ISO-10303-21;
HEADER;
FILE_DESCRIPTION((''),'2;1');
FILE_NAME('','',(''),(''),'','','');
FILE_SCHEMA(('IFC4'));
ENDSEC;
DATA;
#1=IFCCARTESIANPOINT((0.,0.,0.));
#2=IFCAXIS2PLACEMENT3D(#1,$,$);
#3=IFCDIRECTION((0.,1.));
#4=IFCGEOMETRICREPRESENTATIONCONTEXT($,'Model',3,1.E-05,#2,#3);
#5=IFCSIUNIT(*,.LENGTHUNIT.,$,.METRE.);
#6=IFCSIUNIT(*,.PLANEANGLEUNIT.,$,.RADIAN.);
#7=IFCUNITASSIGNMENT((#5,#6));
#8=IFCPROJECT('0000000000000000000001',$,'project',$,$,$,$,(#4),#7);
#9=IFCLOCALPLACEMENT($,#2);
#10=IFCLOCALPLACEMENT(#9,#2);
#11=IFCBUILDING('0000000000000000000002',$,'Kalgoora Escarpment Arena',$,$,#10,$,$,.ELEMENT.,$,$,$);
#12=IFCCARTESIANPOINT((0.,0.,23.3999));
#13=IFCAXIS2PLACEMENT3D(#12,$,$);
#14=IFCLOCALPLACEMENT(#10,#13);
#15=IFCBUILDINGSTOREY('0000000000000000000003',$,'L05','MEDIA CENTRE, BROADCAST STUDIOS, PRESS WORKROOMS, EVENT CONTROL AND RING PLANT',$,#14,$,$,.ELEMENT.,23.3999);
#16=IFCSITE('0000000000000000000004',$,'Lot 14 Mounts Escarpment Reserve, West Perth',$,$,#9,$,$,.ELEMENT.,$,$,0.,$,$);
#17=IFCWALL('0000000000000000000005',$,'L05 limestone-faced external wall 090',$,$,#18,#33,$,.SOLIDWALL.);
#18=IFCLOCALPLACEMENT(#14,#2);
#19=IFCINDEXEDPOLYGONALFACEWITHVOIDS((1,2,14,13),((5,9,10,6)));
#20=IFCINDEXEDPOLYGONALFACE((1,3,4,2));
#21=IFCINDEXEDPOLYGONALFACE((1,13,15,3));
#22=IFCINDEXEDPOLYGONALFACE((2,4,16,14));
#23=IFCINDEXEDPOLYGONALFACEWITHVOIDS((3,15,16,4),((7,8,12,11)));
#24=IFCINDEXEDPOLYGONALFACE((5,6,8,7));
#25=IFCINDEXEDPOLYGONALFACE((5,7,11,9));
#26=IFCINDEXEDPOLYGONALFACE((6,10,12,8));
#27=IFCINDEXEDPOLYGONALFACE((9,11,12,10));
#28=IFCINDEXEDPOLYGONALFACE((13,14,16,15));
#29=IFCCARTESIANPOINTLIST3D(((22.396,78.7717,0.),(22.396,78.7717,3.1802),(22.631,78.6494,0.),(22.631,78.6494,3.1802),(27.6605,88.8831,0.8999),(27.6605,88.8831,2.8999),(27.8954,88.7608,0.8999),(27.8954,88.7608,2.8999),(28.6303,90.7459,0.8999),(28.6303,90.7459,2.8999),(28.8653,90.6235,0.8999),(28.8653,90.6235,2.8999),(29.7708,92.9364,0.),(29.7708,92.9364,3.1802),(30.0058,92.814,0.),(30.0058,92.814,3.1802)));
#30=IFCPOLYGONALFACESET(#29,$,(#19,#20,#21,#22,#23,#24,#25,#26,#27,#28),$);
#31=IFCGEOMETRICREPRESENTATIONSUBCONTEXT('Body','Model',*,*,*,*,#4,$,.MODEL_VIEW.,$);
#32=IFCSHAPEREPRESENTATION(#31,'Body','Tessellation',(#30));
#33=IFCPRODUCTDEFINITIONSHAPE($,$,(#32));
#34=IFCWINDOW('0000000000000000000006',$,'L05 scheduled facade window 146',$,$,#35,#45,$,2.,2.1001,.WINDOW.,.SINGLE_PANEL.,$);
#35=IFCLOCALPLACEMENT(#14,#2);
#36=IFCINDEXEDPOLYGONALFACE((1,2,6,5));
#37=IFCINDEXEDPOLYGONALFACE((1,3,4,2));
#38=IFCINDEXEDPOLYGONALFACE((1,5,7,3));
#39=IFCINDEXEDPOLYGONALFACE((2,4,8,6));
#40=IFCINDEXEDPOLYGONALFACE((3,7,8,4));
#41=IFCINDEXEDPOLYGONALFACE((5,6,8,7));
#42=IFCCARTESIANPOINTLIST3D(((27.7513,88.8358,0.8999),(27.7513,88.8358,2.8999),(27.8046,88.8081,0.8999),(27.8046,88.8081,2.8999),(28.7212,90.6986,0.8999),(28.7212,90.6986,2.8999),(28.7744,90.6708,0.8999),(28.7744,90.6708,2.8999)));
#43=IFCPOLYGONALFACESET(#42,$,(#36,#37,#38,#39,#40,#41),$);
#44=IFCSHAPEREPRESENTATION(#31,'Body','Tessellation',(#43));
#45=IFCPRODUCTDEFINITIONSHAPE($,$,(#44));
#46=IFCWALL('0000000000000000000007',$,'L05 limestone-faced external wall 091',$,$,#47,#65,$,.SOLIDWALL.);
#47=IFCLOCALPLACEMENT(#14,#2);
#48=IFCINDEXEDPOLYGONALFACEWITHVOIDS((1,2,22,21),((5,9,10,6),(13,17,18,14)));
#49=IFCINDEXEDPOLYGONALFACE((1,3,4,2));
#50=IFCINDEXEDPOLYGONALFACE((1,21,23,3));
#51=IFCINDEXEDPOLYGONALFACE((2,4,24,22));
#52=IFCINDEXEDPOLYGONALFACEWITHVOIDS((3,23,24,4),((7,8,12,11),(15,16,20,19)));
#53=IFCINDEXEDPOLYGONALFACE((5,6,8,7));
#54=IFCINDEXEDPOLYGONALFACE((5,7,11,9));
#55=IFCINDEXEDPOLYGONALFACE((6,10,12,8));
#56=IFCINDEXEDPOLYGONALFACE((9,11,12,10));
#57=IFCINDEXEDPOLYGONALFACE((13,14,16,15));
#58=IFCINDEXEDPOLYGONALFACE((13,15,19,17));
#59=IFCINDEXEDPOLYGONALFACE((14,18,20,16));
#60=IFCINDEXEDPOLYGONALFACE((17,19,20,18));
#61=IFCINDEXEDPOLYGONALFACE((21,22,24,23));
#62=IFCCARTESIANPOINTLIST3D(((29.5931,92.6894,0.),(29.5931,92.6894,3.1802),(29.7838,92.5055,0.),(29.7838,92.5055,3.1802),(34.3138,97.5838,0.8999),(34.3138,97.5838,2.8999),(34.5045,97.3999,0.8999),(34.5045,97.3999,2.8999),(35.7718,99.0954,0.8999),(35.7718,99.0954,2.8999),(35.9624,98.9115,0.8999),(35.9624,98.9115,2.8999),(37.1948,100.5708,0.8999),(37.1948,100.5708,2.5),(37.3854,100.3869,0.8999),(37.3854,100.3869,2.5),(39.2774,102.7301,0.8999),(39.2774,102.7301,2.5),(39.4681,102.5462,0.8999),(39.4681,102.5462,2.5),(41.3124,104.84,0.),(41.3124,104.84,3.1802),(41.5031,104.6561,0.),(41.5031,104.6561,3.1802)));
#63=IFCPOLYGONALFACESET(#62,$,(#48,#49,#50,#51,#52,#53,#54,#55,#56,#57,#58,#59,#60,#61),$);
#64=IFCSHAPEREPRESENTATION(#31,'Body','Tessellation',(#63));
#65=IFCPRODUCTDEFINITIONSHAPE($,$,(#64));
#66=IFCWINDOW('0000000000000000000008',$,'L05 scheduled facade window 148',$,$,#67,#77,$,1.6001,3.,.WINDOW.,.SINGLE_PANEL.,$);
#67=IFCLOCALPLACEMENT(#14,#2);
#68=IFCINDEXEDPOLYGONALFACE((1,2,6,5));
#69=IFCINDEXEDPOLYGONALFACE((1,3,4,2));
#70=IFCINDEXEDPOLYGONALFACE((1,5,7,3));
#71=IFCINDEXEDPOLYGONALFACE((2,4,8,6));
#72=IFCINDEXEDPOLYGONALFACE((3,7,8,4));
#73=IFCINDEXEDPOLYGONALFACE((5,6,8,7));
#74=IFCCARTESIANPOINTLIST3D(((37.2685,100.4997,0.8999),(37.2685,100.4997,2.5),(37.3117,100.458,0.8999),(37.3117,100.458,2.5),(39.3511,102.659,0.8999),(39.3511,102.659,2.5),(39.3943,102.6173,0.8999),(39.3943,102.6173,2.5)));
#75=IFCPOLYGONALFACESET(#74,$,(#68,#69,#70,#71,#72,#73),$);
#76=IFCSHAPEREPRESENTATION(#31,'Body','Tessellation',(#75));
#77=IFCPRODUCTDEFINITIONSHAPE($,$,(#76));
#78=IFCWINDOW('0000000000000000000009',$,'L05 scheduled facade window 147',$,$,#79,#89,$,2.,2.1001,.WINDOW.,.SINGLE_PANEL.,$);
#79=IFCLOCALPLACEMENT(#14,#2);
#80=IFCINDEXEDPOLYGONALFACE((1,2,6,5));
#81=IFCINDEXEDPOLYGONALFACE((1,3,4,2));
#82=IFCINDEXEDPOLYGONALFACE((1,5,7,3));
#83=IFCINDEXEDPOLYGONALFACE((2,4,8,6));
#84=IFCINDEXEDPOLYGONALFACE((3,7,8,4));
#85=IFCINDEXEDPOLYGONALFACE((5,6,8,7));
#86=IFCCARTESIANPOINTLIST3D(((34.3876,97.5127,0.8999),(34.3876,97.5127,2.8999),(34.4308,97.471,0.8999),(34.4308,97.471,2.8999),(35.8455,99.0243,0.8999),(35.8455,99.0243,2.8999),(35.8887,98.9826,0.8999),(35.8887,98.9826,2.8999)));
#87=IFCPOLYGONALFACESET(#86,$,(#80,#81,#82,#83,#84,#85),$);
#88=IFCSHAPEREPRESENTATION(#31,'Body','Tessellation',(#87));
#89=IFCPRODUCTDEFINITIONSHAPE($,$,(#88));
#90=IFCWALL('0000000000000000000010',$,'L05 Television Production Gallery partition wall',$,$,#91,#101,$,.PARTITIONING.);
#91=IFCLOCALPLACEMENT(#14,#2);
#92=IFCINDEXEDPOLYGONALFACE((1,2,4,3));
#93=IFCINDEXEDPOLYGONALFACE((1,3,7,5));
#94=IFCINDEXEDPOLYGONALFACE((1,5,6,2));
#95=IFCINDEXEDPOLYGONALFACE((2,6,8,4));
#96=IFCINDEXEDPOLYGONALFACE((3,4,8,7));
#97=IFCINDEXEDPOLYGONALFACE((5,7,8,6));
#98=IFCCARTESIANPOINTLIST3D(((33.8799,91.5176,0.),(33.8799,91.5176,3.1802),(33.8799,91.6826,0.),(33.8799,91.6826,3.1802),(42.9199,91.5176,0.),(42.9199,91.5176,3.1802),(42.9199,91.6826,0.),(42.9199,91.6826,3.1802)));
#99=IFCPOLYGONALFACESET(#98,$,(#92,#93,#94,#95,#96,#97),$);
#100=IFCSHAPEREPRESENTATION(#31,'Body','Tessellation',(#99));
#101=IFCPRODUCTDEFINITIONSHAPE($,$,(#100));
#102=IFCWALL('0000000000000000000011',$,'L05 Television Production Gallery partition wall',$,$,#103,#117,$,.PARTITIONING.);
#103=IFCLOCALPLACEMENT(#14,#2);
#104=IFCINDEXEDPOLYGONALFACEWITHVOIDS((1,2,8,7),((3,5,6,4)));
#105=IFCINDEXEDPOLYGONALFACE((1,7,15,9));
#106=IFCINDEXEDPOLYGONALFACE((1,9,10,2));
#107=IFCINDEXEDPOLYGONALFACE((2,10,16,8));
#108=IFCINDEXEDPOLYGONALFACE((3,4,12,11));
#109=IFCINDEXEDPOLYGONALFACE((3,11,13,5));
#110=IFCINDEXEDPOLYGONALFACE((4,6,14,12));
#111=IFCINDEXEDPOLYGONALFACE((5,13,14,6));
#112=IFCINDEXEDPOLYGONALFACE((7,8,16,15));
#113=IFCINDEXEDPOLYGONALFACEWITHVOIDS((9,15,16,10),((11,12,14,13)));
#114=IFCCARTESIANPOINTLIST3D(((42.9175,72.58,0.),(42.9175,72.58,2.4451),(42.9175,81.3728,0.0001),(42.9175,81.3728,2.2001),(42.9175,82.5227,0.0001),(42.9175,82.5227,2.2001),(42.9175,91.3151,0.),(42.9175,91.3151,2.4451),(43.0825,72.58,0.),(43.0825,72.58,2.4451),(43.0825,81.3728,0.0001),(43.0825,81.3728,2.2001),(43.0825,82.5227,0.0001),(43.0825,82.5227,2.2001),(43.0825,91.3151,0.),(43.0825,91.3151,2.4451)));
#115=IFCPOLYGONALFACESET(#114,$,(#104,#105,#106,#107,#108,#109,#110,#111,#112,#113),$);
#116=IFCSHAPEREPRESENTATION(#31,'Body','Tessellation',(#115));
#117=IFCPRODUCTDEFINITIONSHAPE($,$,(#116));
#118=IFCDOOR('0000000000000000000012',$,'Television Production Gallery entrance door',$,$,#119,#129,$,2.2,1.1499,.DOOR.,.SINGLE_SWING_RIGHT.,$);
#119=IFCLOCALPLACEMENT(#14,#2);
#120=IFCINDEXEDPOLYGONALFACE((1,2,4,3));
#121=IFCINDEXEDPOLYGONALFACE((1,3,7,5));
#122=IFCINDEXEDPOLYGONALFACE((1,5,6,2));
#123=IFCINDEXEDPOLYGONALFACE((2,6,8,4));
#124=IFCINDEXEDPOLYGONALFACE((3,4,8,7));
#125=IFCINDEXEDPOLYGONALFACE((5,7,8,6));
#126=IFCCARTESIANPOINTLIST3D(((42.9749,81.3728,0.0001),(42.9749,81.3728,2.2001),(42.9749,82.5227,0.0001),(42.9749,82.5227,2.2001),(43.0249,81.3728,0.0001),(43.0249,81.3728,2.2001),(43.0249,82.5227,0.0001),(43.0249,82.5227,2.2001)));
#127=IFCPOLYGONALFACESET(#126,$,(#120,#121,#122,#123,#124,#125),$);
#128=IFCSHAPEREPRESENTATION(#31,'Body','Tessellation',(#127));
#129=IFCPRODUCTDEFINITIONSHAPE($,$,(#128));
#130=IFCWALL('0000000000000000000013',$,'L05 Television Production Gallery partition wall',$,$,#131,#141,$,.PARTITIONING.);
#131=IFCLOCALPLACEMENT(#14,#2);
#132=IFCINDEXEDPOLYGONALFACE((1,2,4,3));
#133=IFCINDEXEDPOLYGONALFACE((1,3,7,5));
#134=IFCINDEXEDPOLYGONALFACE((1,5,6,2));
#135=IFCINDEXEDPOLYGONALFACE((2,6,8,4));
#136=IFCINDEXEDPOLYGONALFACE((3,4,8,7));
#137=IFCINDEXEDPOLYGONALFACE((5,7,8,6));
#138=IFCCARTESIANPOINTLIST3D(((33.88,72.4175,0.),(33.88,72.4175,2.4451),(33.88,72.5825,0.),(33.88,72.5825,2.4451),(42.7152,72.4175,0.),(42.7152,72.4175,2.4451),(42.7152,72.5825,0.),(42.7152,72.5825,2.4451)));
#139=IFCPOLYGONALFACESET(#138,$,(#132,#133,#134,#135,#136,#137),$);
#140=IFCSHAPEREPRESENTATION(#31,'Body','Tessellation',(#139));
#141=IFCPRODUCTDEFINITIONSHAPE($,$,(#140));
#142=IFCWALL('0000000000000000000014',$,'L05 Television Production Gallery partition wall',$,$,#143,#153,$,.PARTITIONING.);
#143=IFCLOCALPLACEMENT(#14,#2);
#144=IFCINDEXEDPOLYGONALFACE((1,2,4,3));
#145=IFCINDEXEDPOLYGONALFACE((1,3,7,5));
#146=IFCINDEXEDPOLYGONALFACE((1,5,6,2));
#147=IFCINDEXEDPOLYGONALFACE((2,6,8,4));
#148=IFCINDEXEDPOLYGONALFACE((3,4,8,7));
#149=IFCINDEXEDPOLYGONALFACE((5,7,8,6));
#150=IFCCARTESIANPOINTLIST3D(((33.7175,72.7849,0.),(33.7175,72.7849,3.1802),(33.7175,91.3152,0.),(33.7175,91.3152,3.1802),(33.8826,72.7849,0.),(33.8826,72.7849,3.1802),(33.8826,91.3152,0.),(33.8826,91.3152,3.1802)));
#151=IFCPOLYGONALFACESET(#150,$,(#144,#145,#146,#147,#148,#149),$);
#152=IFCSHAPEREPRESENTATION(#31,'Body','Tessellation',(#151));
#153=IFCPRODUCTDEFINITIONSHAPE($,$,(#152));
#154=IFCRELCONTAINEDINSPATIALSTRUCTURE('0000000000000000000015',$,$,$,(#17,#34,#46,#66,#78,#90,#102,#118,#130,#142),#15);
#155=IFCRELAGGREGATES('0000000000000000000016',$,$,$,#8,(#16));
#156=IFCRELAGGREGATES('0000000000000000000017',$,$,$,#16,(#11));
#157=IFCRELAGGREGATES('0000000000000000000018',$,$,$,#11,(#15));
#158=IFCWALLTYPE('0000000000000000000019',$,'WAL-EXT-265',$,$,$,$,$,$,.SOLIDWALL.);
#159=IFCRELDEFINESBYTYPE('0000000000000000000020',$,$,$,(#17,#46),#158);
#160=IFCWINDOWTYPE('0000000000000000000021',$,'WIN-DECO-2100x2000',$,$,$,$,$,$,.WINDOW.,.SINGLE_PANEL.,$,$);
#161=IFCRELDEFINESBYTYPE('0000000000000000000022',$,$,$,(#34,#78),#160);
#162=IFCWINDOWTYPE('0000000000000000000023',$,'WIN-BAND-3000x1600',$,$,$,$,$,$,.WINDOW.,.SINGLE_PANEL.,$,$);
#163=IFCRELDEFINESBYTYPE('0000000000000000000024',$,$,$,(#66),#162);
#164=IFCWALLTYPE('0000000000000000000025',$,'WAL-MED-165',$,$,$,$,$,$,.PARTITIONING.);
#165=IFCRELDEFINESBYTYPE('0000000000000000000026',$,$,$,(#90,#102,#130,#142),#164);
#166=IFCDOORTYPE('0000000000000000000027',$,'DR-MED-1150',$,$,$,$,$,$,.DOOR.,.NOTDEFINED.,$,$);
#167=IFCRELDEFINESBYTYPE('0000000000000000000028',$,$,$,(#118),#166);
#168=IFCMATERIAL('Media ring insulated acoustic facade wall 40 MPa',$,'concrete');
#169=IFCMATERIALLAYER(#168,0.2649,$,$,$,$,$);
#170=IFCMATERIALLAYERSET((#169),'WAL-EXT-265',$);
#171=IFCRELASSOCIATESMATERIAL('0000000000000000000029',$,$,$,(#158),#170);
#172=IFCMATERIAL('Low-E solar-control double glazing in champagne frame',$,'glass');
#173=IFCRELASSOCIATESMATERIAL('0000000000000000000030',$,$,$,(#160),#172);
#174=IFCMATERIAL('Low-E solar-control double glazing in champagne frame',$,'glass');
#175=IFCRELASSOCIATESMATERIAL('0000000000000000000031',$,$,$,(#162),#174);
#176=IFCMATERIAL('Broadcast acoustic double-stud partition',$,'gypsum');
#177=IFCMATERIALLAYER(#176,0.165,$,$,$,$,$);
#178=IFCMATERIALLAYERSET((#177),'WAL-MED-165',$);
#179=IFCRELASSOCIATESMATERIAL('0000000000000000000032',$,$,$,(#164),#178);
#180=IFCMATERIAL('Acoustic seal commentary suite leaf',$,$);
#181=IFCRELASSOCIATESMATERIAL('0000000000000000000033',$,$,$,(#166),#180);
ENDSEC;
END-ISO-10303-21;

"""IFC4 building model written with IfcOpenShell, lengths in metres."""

from ifc_helpers import new_model, si_unit, direction, frame, frame_2d, origin, place, context, subcontext, project, spatial, rectangle, extrude, material, layer, layer_set, type_object, element, fill, save


model = new_model("IFC4")

# Units and contexts
model_context = context("Model", 3, precision=1e-05, world=origin(), true_north=direction((0.0, 1.0)))
body_context = subcontext(model_context, "Body", "Model", "MODEL_VIEW")
ifc_project = project(units=[si_unit("LENGTHUNIT", "METRE"), si_unit("PLANEANGLEUNIT", "RADIAN")], contexts=[model_context])

# Site, building, storey
site_placement = place(None, origin())
site = spatial("IfcSite", under=ifc_project, at=site_placement, Name="Lot 14 Mounts Escarpment Reserve, West Perth", CompositionType="ELEMENT", RefElevation=0.0)
building_placement = place(site_placement, origin())
building = spatial("IfcBuilding", under=site, at=building_placement, Name="Kalgoora Escarpment Arena", CompositionType="ELEMENT")
storey_placement = place(building_placement, frame((0.0, 0.0, 23.3999)))
storey = spatial("IfcBuildingStorey", under=building, at=storey_placement, Name="L05", Description="MEDIA CENTRE, BROADCAST STUDIOS, PRESS WORKROOMS, EVENT CONTROL AND RING PLANT", CompositionType="ELEMENT", Elevation=23.3999)

# Wall, opening, window
ifc_material_1 = material(Name="Media ring insulated acoustic facade wall 40 MPa", Category="concrete")
ifc_layer_1 = layer(ifc_material_1, 0.2649)
ifc_layer_set_1 = layer_set([ifc_layer_1], Name="WAL-EXT-265")
wall_type_1 = type_object("IfcWallType", Name="WAL-EXT-265", PredefinedType="SOLIDWALL", material=ifc_layer_set_1)
wall_1_placement = place(storey_placement, frame((22.5134, 78.7104, 0.0), z_axis=(0.0, 0.0, 1.0), x_axis=(0.461806, 0.886981, 0.0)))
wall_1 = element("IfcWall", 1, at=wall_1_placement, inside=storey, type_object=wall_type_1, Name="L05 limestone-faced external wall 090", PredefinedType="SOLIDWALL", context=body_context, shape_type="SweptSolid", body=[
    extrude(rectangle(XDim=15.9695, YDim=0.2649, at=frame_2d((7.9849, 0.0))), origin(), (0.0, 0.0, 1.0), 3.1802),
])
opening_1_placement = place(wall_1_placement, frame((11.3999, 0.0, 0.8999)))
opening_1 = element("IfcOpeningElement", 2, at=opening_1_placement, cuts=wall_1, PredefinedType="OPENING", context=body_context, shape_type="SweptSolid", body=[
    extrude(rectangle(XDim=2.1001, YDim=2.0, at=frame_2d((1.05, 1.0))), frame((0.0, 0.1423, 0.0), z_axis=(0.0, -1.0, 0.0), x_axis=(1.0, 0.0, 0.0)), (0.0, 0.0, 1.0), 0.2849),
])
ifc_material_2 = material(Name="Low-E solar-control double glazing in champagne frame", Category="glass")
window_type_1 = type_object("IfcWindowType", Name="WIN-DECO-2100x2000", PartitioningType="SINGLE_PANEL", PredefinedType="WINDOW", material=ifc_material_2)
window_1_placement = place(opening_1_placement, origin())
window_1 = element("IfcWindow", 3, at=window_1_placement, inside=storey, type_object=window_type_1, Name="L05 scheduled facade window 146", OverallHeight=2.0, OverallWidth=2.1001, PartitioningType="SINGLE_PANEL", PredefinedType="WINDOW", context=body_context, shape_type="SweptSolid", body=[
    extrude(rectangle(XDim=2.1001, YDim=2.0, at=frame_2d((1.05, 1.0))), frame((0.0, 0.03, 0.0), z_axis=(0.0, -1.0, 0.0), x_axis=(1.0, 0.0, 0.0)), (0.0, 0.0, 1.0), 0.0601),
])
fill(opening_1, window_1)

# Wall, openings, windows
wall_2_placement = place(storey_placement, frame((29.6885, 92.5974, 0.0), z_axis=(0.0, 0.0, 1.0), x_axis=(0.694214, 0.719769, 0.0)))
wall_2 = element("IfcWall", 4, at=wall_2_placement, inside=storey, type_object=wall_type_1, Name="L05 limestone-faced external wall 091", PredefinedType="SOLIDWALL", context=body_context, shape_type="SweptSolid", body=[
    extrude(rectangle(XDim=16.8813, YDim=0.2649, at=frame_2d((8.4407, 0.0))), origin(), (0.0, 0.0, 1.0), 3.1802),
])
opening_2_placement = place(wall_2_placement, frame((6.8, 0.0, 0.8999)))
opening_2 = element("IfcOpeningElement", 5, at=opening_2_placement, cuts=wall_2, PredefinedType="OPENING", context=body_context, shape_type="SweptSolid", body=[
    extrude(rectangle(XDim=2.1001, YDim=2.0, at=frame_2d((1.05, 1.0))), frame((0.0, 0.1423, 0.0), z_axis=(0.0, -1.0, 0.0), x_axis=(1.0, 0.0, 0.0)), (0.0, 0.0, 1.0), 0.2849),
])
opening_3_placement = place(wall_2_placement, frame((10.95, 0.0, 0.8999)))
opening_3 = element("IfcOpeningElement", 6, at=opening_3_placement, cuts=wall_2, PredefinedType="OPENING", context=body_context, shape_type="SweptSolid", body=[
    extrude(rectangle(XDim=3.0, YDim=1.6001, at=frame_2d((1.5, 0.8))), frame((0.0, 0.1423, 0.0), z_axis=(0.0, -1.0, 0.0), x_axis=(1.0, 0.0, 0.0)), (0.0, 0.0, 1.0), 0.2849),
])
ifc_material_3 = material(Name="Low-E solar-control double glazing in champagne frame", Category="glass")
window_type_2 = type_object("IfcWindowType", Name="WIN-BAND-3000x1600", PartitioningType="SINGLE_PANEL", PredefinedType="WINDOW", material=ifc_material_3)
window_2_placement = place(opening_3_placement, origin())
window_2 = element("IfcWindow", 7, at=window_2_placement, inside=storey, type_object=window_type_2, Name="L05 scheduled facade window 148", OverallHeight=1.6001, OverallWidth=3.0, PartitioningType="SINGLE_PANEL", PredefinedType="WINDOW", context=body_context, shape_type="SweptSolid", body=[
    extrude(rectangle(XDim=3.0, YDim=1.6001, at=frame_2d((1.5, 0.8))), frame((0.0, 0.03, 0.0), z_axis=(0.0, -1.0, 0.0), x_axis=(1.0, 0.0, 0.0)), (0.0, 0.0, 1.0), 0.0601),
])
fill(opening_3, window_2)
window_3_placement = place(opening_2_placement, origin())
window_3 = element("IfcWindow", 8, at=window_3_placement, inside=storey, type_object=window_type_1, Name="L05 scheduled facade window 147", OverallHeight=2.0, OverallWidth=2.1001, PartitioningType="SINGLE_PANEL", PredefinedType="WINDOW", context=body_context, shape_type="SweptSolid", body=[
    extrude(rectangle(XDim=2.1001, YDim=2.0, at=frame_2d((1.05, 1.0))), frame((0.0, 0.03, 0.0), z_axis=(0.0, -1.0, 0.0), x_axis=(1.0, 0.0, 0.0)), (0.0, 0.0, 1.0), 0.0601),
])
fill(opening_2, window_3)

# Wall
ifc_material_4 = material(Name="Broadcast acoustic double-stud partition", Category="gypsum")
ifc_layer_2 = layer(ifc_material_4, 0.165)
ifc_layer_set_2 = layer_set([ifc_layer_2], Name="WAL-MED-165")
wall_type_2 = type_object("IfcWallType", Name="WAL-MED-165", PredefinedType="PARTITIONING", material=ifc_layer_set_2)
wall_3_placement = place(storey_placement, frame((33.8799, 91.6001, 0.0), z_axis=(0.0, 0.0, 1.0), x_axis=(1.0, 0.0, 0.0)))
element("IfcWall", 9, at=wall_3_placement, inside=storey, type_object=wall_type_2, Name="L05 Television Production Gallery partition wall", PredefinedType="PARTITIONING", context=body_context, shape_type="SweptSolid", body=[
    extrude(rectangle(XDim=9.04, YDim=0.165, at=frame_2d((4.52, 0.0))), origin(), (0.0, 0.0, 1.0), 3.1802),
])

# Wall, opening, door
wall_4_placement = place(storey_placement, frame((43.0, 91.3152, 0.0), z_axis=(0.0, 0.0, 1.0), x_axis=(0.0, -1.0, 0.0)))
wall_4 = element("IfcWall", 10, at=wall_4_placement, inside=storey, type_object=wall_type_2, Name="L05 Television Production Gallery partition wall", PredefinedType="PARTITIONING", context=body_context, shape_type="SweptSolid", body=[
    extrude(rectangle(XDim=18.7351, YDim=0.165, at=frame_2d((9.3677, 0.0))), origin(), (0.0, 0.0, 1.0), 2.4451),
])
opening_4_placement = place(wall_4_placement, frame((8.7925, 0.0, 0.0)))
opening_4 = element("IfcOpeningElement", 11, at=opening_4_placement, cuts=wall_4, PredefinedType="OPENING", context=body_context, shape_type="SweptSolid", body=[
    extrude(rectangle(XDim=1.1499, YDim=2.2, at=frame_2d((0.575, 1.1001))), frame((0.0, 0.0925, 0.0), z_axis=(0.0, -1.0, 0.0), x_axis=(1.0, 0.0, 0.0)), (0.0, 0.0, 1.0), 0.1851),
])
ifc_material_5 = material(Name="Acoustic seal commentary suite leaf")
door_type = type_object("IfcDoorType", Name="DR-MED-1150", OperationType="NOTDEFINED", PredefinedType="DOOR", material=ifc_material_5)
door_placement = place(opening_4_placement, origin())
door = element("IfcDoor", 12, at=door_placement, inside=storey, type_object=door_type, Name="Television Production Gallery entrance door", OperationType="SINGLE_SWING_RIGHT", OverallHeight=2.2, OverallWidth=1.1499, PredefinedType="DOOR", context=body_context, shape_type="SweptSolid", body=[
    extrude(rectangle(XDim=1.1499, YDim=2.2, at=frame_2d((0.575, 1.1001))), frame((0.0, 0.0249, 0.0), z_axis=(0.0, -1.0, 0.0), x_axis=(1.0, 0.0, 0.0)), (0.0, 0.0, 1.0), 0.05),
])
fill(opening_4, door)

# Walls
wall_5_placement = place(storey_placement, frame((42.7151, 72.5, 0.0), z_axis=(0.0, 0.0, 1.0), x_axis=(-1.0, 0.0, 0.0)))
element("IfcWall", 13, at=wall_5_placement, inside=storey, type_object=wall_type_2, Name="L05 Television Production Gallery partition wall", PredefinedType="PARTITIONING", context=body_context, shape_type="SweptSolid", body=[
    extrude(rectangle(XDim=8.8352, YDim=0.165, at=frame_2d((4.4175, 0.0))), origin(), (0.0, 0.0, 1.0), 2.4451),
])
wall_6_placement = place(storey_placement, frame((33.8, 72.7849, 0.0), z_axis=(0.0, 0.0, 1.0), x_axis=(0.0, 1.0, 0.0)))
element("IfcWall", 14, at=wall_6_placement, inside=storey, type_object=wall_type_2, Name="L05 Television Production Gallery partition wall", PredefinedType="PARTITIONING", context=body_context, shape_type="SweptSolid", body=[
    extrude(rectangle(XDim=18.5303, YDim=0.165, at=frame_2d((9.2651, 0.0))), origin(), (0.0, 0.0, 1.0), 3.1802),
])

save(model, "model.ifc")
